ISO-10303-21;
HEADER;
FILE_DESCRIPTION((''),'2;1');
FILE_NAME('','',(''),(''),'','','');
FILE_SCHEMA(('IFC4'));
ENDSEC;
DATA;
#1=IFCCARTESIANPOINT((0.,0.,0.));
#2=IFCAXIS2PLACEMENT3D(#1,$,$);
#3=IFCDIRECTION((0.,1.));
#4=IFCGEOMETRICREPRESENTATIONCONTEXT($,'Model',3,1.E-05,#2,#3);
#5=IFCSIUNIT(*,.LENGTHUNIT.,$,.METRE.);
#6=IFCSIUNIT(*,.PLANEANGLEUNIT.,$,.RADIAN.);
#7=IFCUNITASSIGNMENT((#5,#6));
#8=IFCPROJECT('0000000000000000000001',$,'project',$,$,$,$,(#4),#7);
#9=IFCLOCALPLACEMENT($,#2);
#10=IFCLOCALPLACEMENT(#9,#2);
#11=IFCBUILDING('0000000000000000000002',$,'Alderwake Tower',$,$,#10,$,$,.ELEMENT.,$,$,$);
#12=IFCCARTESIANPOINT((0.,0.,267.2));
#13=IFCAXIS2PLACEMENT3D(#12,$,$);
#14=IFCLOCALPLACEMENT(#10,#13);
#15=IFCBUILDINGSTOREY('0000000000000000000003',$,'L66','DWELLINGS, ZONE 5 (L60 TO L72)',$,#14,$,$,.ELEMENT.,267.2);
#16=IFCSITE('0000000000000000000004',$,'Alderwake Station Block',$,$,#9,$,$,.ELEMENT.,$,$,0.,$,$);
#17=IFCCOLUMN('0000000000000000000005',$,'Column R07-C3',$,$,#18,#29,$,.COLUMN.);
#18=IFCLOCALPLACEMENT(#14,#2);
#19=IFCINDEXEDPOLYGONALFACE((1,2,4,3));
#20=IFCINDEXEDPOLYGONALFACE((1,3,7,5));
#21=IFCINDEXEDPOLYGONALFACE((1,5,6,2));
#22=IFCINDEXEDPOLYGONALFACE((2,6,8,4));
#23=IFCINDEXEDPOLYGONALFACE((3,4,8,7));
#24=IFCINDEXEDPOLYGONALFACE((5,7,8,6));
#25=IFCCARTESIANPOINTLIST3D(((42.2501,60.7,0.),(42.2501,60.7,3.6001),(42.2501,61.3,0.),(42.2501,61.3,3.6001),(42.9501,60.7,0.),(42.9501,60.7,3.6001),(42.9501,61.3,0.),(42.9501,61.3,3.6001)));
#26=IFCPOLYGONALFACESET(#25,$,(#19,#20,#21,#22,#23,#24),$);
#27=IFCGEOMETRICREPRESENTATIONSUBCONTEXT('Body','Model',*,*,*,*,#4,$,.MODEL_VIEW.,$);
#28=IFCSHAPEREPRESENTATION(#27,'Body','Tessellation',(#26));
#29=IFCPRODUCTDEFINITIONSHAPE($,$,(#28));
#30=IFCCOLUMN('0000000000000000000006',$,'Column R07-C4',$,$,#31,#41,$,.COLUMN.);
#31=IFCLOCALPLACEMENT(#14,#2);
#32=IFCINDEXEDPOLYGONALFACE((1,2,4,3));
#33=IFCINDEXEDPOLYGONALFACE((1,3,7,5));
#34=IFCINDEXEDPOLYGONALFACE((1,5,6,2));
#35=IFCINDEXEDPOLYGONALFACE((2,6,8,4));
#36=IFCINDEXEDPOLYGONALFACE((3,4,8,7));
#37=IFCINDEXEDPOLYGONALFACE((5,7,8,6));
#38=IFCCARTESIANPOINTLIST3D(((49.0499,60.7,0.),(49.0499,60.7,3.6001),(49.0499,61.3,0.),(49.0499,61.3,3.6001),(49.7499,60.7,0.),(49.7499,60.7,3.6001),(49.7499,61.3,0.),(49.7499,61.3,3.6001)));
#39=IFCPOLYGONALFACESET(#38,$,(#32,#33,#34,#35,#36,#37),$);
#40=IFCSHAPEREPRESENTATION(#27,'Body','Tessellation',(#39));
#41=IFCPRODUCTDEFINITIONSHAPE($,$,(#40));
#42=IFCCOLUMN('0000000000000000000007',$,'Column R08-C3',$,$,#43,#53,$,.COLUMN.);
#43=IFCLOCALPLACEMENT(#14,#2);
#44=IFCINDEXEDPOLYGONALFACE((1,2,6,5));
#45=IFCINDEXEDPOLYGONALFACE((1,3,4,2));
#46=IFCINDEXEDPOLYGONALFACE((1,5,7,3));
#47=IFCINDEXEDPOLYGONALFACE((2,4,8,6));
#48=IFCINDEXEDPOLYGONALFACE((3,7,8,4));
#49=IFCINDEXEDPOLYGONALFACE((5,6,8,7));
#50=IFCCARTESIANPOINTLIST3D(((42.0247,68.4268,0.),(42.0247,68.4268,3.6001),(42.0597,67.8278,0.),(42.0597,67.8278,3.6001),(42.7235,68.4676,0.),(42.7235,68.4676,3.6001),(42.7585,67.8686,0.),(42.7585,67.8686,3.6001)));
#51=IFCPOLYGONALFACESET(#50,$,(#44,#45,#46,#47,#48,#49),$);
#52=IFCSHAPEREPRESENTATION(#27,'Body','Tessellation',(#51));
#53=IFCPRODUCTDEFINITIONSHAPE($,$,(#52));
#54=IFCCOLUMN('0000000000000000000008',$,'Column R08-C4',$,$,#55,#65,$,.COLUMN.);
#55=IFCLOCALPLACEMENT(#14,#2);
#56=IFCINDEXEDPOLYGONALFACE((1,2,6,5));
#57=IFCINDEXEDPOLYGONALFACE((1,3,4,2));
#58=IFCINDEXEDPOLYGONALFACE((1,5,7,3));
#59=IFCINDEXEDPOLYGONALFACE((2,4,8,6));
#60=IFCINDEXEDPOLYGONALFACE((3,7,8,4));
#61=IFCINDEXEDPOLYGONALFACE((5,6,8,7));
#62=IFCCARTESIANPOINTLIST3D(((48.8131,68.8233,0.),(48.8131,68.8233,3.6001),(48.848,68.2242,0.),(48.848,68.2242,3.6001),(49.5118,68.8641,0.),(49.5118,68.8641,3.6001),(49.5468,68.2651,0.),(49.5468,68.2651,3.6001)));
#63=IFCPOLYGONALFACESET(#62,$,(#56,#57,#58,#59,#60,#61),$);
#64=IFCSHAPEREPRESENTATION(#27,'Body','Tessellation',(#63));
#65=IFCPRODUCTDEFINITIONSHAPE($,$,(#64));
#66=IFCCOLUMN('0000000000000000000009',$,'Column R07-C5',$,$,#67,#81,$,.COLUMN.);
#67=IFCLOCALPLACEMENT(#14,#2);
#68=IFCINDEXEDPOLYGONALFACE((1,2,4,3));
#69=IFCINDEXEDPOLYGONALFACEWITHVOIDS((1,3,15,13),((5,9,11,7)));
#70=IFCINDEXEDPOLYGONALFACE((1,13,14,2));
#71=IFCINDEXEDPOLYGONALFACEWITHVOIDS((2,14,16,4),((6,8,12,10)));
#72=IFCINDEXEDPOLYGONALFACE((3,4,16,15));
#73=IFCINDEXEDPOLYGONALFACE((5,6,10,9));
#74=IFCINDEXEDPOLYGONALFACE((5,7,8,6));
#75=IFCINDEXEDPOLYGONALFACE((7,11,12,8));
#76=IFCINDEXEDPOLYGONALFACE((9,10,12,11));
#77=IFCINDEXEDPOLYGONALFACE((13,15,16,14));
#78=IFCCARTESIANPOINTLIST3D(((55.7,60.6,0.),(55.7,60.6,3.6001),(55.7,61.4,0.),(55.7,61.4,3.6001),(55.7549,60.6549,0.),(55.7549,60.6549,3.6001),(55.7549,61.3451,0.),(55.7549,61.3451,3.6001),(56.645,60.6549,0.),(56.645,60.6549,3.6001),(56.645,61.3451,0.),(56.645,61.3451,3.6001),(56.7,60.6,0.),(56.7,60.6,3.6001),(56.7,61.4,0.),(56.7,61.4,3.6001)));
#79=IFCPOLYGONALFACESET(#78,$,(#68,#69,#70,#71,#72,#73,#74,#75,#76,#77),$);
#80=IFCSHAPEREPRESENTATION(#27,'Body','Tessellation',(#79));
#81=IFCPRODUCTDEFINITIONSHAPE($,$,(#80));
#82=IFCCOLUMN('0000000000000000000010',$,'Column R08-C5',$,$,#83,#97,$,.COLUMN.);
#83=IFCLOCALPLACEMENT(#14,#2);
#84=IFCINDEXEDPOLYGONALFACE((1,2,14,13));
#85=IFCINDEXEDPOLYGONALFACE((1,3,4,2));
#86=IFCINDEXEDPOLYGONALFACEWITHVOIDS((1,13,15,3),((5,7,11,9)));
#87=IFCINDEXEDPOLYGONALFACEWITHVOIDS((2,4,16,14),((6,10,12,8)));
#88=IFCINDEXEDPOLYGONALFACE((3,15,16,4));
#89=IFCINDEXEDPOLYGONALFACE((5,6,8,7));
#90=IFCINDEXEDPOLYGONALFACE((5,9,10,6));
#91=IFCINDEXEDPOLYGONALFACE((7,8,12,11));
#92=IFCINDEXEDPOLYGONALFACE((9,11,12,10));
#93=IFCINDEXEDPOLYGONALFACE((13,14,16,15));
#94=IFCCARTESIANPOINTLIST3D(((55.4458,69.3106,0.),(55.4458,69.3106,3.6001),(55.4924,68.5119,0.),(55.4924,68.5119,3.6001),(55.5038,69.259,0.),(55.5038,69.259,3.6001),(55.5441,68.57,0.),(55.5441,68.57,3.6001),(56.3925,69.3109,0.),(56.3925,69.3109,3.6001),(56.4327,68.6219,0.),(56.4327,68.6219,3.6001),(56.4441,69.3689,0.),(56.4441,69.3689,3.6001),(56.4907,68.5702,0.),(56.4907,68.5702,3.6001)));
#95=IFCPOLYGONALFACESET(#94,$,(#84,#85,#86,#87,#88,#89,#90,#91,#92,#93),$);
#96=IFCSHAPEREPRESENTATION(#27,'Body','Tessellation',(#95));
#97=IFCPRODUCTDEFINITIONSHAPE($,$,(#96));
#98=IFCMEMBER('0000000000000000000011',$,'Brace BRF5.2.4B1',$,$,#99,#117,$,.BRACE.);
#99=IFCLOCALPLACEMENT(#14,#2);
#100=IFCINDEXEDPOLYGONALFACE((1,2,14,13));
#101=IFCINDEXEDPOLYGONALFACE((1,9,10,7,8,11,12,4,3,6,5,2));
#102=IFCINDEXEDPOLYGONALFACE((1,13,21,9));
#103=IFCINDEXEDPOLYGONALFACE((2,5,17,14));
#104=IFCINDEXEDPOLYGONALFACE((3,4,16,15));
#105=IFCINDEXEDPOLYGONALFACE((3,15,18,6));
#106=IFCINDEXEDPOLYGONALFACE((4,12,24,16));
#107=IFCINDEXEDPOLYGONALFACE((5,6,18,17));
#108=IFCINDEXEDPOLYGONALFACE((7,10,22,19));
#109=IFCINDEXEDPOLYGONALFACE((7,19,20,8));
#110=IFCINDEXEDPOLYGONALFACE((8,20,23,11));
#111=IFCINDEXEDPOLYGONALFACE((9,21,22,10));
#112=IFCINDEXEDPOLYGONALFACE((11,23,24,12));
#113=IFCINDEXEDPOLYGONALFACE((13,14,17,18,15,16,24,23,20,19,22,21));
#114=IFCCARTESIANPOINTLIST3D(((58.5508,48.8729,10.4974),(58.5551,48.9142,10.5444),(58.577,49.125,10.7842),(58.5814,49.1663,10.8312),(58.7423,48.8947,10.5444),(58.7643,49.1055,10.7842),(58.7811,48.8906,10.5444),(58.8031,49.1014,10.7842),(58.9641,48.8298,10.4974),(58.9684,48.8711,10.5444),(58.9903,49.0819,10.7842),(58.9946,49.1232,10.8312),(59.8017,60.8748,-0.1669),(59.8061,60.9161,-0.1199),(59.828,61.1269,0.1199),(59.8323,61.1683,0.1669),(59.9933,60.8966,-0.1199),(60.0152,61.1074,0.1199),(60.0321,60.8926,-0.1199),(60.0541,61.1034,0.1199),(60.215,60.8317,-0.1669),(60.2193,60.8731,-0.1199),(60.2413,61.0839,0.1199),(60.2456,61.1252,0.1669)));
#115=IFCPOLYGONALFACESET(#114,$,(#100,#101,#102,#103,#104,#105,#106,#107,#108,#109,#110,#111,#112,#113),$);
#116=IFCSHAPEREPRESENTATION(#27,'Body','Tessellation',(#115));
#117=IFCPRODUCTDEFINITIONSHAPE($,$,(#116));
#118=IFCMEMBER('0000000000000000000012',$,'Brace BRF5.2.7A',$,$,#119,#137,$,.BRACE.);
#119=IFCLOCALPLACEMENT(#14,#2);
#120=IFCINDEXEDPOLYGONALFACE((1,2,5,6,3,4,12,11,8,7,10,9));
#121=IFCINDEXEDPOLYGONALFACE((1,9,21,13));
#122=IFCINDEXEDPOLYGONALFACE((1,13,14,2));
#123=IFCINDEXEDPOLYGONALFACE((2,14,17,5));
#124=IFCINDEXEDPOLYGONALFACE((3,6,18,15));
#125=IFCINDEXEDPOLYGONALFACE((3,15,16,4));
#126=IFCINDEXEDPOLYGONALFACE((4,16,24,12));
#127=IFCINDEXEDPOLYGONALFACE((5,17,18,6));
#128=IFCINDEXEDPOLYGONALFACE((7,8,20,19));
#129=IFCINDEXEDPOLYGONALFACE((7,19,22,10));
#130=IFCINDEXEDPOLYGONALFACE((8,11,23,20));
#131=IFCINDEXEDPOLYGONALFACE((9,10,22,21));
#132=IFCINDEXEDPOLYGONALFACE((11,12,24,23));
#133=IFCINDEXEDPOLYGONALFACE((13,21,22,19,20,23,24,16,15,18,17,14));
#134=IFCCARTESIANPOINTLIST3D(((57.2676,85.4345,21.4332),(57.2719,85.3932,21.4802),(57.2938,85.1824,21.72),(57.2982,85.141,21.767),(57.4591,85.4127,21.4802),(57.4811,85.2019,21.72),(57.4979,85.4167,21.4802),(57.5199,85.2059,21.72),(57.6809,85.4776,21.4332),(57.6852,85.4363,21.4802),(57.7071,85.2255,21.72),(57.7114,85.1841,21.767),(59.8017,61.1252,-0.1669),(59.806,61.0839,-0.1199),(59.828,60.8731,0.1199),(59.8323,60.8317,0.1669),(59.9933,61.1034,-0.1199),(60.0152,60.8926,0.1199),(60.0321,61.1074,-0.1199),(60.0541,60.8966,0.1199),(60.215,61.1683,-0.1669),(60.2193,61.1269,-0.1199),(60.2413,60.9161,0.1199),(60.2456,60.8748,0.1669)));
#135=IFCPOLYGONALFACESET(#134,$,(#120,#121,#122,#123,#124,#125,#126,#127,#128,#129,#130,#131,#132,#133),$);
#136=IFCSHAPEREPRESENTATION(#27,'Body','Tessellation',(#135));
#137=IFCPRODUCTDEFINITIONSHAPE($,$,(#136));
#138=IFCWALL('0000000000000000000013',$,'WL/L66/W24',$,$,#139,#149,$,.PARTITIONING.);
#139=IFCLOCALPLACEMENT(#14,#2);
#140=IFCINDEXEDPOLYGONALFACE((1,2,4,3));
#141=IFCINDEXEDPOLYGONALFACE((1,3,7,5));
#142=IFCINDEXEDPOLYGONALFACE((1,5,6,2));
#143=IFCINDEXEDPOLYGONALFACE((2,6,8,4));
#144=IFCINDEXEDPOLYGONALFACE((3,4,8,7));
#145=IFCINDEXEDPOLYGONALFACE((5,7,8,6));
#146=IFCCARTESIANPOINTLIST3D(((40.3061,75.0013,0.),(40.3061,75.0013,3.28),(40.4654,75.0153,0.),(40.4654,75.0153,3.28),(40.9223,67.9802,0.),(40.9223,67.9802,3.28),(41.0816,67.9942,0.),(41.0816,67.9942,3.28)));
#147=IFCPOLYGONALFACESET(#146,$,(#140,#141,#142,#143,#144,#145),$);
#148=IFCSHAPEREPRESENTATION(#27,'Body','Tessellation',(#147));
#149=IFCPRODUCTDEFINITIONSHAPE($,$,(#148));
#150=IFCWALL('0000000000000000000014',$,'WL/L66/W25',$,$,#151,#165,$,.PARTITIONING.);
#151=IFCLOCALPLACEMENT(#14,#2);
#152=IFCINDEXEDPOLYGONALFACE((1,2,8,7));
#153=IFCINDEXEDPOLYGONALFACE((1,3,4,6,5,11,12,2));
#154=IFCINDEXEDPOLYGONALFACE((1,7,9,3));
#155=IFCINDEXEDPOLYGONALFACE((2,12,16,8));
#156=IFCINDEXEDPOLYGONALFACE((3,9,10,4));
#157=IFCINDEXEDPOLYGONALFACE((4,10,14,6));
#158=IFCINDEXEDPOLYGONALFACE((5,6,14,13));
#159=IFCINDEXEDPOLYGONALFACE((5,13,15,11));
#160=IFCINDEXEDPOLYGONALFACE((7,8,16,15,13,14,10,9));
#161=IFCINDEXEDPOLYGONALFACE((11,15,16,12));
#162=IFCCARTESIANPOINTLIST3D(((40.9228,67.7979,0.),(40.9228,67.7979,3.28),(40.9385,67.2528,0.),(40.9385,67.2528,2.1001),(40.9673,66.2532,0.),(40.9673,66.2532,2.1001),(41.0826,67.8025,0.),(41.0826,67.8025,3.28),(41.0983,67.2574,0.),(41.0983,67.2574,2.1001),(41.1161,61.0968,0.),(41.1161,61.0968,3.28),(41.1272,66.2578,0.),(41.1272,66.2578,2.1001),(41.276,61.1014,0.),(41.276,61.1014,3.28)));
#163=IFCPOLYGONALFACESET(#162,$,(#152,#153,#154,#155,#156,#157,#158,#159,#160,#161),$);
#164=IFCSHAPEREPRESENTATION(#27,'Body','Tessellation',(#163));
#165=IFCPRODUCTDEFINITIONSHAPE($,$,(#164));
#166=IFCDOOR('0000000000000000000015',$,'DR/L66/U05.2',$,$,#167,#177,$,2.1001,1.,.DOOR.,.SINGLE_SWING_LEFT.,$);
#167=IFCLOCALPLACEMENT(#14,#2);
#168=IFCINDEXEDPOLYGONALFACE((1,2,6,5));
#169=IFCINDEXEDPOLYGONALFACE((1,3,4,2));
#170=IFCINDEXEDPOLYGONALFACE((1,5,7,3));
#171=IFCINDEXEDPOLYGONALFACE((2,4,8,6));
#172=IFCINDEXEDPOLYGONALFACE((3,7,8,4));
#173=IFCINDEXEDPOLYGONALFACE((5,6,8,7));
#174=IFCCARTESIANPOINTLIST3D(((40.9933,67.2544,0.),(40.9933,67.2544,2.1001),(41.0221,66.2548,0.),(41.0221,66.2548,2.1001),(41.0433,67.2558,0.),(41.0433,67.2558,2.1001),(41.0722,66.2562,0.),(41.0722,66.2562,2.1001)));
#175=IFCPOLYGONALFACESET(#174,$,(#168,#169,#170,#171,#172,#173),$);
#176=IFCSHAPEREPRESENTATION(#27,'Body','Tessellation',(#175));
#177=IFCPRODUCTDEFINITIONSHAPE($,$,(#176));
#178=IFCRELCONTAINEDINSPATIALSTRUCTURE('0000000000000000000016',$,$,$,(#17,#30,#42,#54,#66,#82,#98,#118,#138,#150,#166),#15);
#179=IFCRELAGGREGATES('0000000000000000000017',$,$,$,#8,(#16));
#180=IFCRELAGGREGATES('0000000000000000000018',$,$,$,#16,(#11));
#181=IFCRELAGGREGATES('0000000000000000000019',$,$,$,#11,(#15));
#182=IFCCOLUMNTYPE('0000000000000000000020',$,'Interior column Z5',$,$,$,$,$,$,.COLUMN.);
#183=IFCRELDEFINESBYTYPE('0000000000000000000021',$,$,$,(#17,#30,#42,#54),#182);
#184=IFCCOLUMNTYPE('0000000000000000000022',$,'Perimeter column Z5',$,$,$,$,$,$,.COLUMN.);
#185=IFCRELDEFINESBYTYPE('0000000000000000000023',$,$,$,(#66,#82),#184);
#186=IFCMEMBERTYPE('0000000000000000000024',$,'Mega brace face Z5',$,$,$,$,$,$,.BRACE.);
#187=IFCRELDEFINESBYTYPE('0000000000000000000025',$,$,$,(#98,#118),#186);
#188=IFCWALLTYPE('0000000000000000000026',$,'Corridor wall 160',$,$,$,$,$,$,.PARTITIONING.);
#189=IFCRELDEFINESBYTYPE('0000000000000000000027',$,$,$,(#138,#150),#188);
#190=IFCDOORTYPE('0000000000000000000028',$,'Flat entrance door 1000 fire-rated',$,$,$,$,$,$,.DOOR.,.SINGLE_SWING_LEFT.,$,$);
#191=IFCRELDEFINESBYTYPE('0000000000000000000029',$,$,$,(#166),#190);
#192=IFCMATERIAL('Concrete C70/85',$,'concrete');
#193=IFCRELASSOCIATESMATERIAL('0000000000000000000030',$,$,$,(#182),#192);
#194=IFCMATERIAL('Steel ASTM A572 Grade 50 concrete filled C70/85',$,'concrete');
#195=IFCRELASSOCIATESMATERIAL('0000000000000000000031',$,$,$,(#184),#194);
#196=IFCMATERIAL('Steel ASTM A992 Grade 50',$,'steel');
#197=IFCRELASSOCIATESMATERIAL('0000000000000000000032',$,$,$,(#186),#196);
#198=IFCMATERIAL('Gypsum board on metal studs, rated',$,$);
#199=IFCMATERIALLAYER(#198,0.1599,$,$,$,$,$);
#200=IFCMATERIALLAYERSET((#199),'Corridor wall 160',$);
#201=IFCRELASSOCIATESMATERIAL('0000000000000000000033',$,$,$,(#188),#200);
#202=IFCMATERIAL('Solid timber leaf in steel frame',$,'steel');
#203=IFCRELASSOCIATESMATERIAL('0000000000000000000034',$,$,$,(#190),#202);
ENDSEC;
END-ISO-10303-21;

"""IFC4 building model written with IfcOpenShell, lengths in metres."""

from ifc_helpers import new_model, si_unit, direction, frame, frame_2d, origin, origin_2d, place, context, subcontext, project, spatial, rectangle, hollow_rectangle, i_section, extrude, material, layer, layer_set, material_profile, profile_set, type_object, element, fill, save


model = new_model("IFC4")

# Units and contexts
model_context = context("Model", 3, precision=1e-05, world=origin(), true_north=direction((0.0, 1.0)))
body_context = subcontext(model_context, "Body", "Model", "MODEL_VIEW")
ifc_project = project(units=[si_unit("LENGTHUNIT", "METRE"), si_unit("PLANEANGLEUNIT", "RADIAN")], contexts=[model_context])

# Site, building, storey
site_placement = place(None, origin())
site = spatial("IfcSite", under=ifc_project, at=site_placement, Name="Alderwake Station Block", CompositionType="ELEMENT", RefElevation=0.0)
building_placement = place(site_placement, origin())
building = spatial("IfcBuilding", under=site, at=building_placement, Name="Alderwake Tower", CompositionType="ELEMENT")
storey_placement = place(building_placement, frame((0.0, 0.0, 267.2)))
storey = spatial("IfcBuildingStorey", under=building, at=storey_placement, Name="L66", Description="DWELLINGS, ZONE 5 (L60 TO L72)", CompositionType="ELEMENT", Elevation=267.2)

# Columns
ifc_material_1 = material(Name="Concrete C70/85", Category="concrete")
ifc_material_profile_1 = material_profile(ifc_material_1, rectangle(XDim=0.6001, YDim=0.7, at=origin_2d()), Name="RC 700X600")
ifc_profile_set_1 = profile_set([ifc_material_profile_1], Name="Concrete C70/85")
column_type_1 = type_object("IfcColumnType", Name="Interior column Z5", PredefinedType="COLUMN", material=ifc_profile_set_1)
for number, where, z_axis, x_axis, name in (
    (1, (42.6001, 61.0, 0.0), (0.0, 0.0, 1.0), (0.0, 1.0, 0.0), "Column R07-C3"),
    (2, (49.3999, 61.0, 0.0), (0.0, 0.0, 1.0), (0.0, 1.0, 0.0), "Column R07-C4"),
    (3, (42.3916, 68.1477, 0.0), (0.0, 0.0, 1.0), (-0.058299, 0.998299, 0.0), "Column R08-C3"),
    (4, (49.1799, 68.5442, 0.0), (0.0, 0.0, 1.0), (-0.058301, 0.998299, 0.0), "Column R08-C4"),
):
    element("IfcColumn", number, at=place(storey_placement, frame(where, z_axis=z_axis, x_axis=x_axis)), inside=storey, type_object=column_type_1, Name=name, PredefinedType="COLUMN", context=body_context, shape_type="SweptSolid", body=[
        extrude(rectangle(XDim=0.6001, YDim=0.7, at=origin_2d()), origin(), (0.0, 0.0, 1.0), 3.6001),
    ])
ifc_material_2 = material(Name="Steel ASTM A572 Grade 50 concrete filled C70/85", Category="concrete")
ifc_material_profile_2 = material_profile(ifc_material_2, hollow_rectangle(XDim=0.8, YDim=1.0, WallThickness=0.0549, at=origin_2d()), Name="BOX 1000X800X55")
ifc_profile_set_2 = profile_set([ifc_material_profile_2], Name="Steel ASTM A572 Grade 50 concrete filled C70/85")
column_type_2 = type_object("IfcColumnType", Name="Perimeter column Z5", PredefinedType="COLUMN", material=ifc_profile_set_2)
for number, where, z_axis, x_axis, name in (
    (5, (56.2, 61.0, 0.0), (0.0, 0.0, 1.0), (0.0, 1.0, 0.0), "Column R07-C5"),
    (6, (55.9683, 68.9404, 0.0), (0.0, 0.0, 1.0), (-0.058301, 0.998299, 0.0), "Column R08-C5"),
):
    element("IfcColumn", number, at=place(storey_placement, frame(where, z_axis=z_axis, x_axis=x_axis)), inside=storey, type_object=column_type_2, Name=name, PredefinedType="COLUMN", context=body_context, shape_type="SweptSolid", body=[
        extrude(hollow_rectangle(XDim=0.8, YDim=1.0, WallThickness=0.0549, at=origin_2d()), origin(), (0.0, 0.0, 1.0), 3.6001),
    ])

# Members
ifc_material_3 = material(Name="Steel ASTM A992 Grade 50", Category="steel")
ifc_material_profile_3 = material_profile(ifc_material_3, i_section(OverallWidth=0.4155, OverallDepth=0.4456, WebThickness=0.0391, FlangeThickness=0.0627, at=origin_2d()), Name="W14X342")
ifc_profile_set_3 = profile_set([ifc_material_profile_3], Name="Steel ASTM A992 Grade 50")
member_type = type_object("IfcMemberType", Name="Mega brace face Z5", PredefinedType="BRACE", material=ifc_profile_set_3)
member_1_placement = place(storey_placement, frame((60.0237, 61.0, 0.0), z_axis=(-0.077681, -0.745277, 0.662214), x_axis=(0.994612, -0.103669, 0.0)))
element("IfcMember", 7, at=member_1_placement, inside=storey, type_object=member_type, Name="Brace BRF5.2.4B1", PredefinedType="BRACE", context=body_context, shape_type="SweptSolid", body=[
    extrude(i_section(OverallWidth=0.4155, OverallDepth=0.4456, WebThickness=0.0391, FlangeThickness=0.0627, at=origin_2d()), origin(), (0.0, 0.0, 1.0), 16.104),
])
member_2_placement = place(storey_placement, frame((60.0237, 61.0, 0.0), z_axis=(-0.077693, 0.745275, 0.662215), x_axis=(-0.99461, -0.103685, 0.0)))
element("IfcMember", 8, at=member_2_placement, inside=storey, type_object=member_type, Name="Brace BRF5.2.7A", PredefinedType="BRACE", context=body_context, shape_type="SweptSolid", body=[
    extrude(i_section(OverallWidth=0.4155, OverallDepth=0.4456, WebThickness=0.0391, FlangeThickness=0.0627, at=origin_2d()), origin(), (0.0, 0.0, 1.0), 32.6179),
])

# Wall
ifc_material_4 = material(Name="Gypsum board on metal studs, rated")
ifc_layer_1 = layer(ifc_material_4, 0.1599)
ifc_layer_set_1 = layer_set([ifc_layer_1], Name="Corridor wall 160")
wall_type_1 = type_object("IfcWallType", Name="Corridor wall 160", PredefinedType="PARTITIONING", material=ifc_layer_set_1)
wall_1_placement = place(storey_placement, frame((41.002, 67.9873, 0.0), z_axis=(0.0, 0.0, 1.0), x_axis=(-0.087431, 0.996171, 0.0)))
element("IfcWall", 9, at=wall_1_placement, inside=storey, type_object=wall_type_1, Name="WL/L66/W24", PredefinedType="PARTITIONING", context=body_context, shape_type="SweptSolid", body=[
    extrude(rectangle(XDim=7.0481, YDim=0.1599, at=frame_2d((3.5239, 0.0))), origin(), (0.0, 0.0, 1.0), 3.28),
])

# Wall, opening, door
wall_2_placement = place(storey_placement, frame((41.0027, 67.8003, 0.0), z_axis=(0.0, 0.0, 1.0), x_axis=(0.028843, -0.999584, 0.0)))
wall_2 = element("IfcWall", 10, at=wall_2_placement, inside=storey, type_object=wall_type_1, Name="WL/L66/W25", PredefinedType="PARTITIONING", context=body_context, shape_type="SweptSolid", body=[
    extrude(rectangle(XDim=6.7039, YDim=0.1599, at=frame_2d((3.3521, 0.0))), origin(), (0.0, 0.0, 1.0), 3.28),
])
opening_1_placement = place(wall_2_placement, frame((0.5454, 0.0, 0.0)))
opening_1 = element("IfcOpeningElement", 11, at=opening_1_placement, cuts=wall_2, PredefinedType="OPENING", context=body_context, shape_type="SweptSolid", body=[
    extrude(rectangle(XDim=1.0, YDim=2.1001, at=frame_2d((0.5, 1.05))), frame((0.0, 0.0898, 0.0), z_axis=(0.0, -1.0, 0.0), x_axis=(1.0, 0.0, 0.0)), (0.0, 0.0, 1.0), 0.1799),
])
ifc_material_5 = material(Name="Solid timber leaf in steel frame", Category="steel")
door_type_1 = type_object("IfcDoorType", Name="Flat entrance door 1000 fire-rated", OperationType="SINGLE_SWING_LEFT", PredefinedType="DOOR", material=ifc_material_5)
door_1_placement = place(opening_1_placement, origin())
door_1 = element("IfcDoor", 12, at=door_1_placement, inside=storey, type_object=door_type_1, Name="DR/L66/U05.2", OperationType="SINGLE_SWING_LEFT", OverallHeight=2.1001, OverallWidth=1.0, PredefinedType="DOOR", context=body_context, shape_type="SweptSolid", body=[
    extrude(rectangle(XDim=1.0, YDim=2.1001, at=frame_2d((0.5, 1.05))), frame((0.0, 0.0249, 0.0), z_axis=(0.0, -1.0, 0.0), x_axis=(1.0, 0.0, 0.0)), (0.0, 0.0, 1.0), 0.05),
])
fill(opening_1, door_1)

save(model, "model.ifc")
